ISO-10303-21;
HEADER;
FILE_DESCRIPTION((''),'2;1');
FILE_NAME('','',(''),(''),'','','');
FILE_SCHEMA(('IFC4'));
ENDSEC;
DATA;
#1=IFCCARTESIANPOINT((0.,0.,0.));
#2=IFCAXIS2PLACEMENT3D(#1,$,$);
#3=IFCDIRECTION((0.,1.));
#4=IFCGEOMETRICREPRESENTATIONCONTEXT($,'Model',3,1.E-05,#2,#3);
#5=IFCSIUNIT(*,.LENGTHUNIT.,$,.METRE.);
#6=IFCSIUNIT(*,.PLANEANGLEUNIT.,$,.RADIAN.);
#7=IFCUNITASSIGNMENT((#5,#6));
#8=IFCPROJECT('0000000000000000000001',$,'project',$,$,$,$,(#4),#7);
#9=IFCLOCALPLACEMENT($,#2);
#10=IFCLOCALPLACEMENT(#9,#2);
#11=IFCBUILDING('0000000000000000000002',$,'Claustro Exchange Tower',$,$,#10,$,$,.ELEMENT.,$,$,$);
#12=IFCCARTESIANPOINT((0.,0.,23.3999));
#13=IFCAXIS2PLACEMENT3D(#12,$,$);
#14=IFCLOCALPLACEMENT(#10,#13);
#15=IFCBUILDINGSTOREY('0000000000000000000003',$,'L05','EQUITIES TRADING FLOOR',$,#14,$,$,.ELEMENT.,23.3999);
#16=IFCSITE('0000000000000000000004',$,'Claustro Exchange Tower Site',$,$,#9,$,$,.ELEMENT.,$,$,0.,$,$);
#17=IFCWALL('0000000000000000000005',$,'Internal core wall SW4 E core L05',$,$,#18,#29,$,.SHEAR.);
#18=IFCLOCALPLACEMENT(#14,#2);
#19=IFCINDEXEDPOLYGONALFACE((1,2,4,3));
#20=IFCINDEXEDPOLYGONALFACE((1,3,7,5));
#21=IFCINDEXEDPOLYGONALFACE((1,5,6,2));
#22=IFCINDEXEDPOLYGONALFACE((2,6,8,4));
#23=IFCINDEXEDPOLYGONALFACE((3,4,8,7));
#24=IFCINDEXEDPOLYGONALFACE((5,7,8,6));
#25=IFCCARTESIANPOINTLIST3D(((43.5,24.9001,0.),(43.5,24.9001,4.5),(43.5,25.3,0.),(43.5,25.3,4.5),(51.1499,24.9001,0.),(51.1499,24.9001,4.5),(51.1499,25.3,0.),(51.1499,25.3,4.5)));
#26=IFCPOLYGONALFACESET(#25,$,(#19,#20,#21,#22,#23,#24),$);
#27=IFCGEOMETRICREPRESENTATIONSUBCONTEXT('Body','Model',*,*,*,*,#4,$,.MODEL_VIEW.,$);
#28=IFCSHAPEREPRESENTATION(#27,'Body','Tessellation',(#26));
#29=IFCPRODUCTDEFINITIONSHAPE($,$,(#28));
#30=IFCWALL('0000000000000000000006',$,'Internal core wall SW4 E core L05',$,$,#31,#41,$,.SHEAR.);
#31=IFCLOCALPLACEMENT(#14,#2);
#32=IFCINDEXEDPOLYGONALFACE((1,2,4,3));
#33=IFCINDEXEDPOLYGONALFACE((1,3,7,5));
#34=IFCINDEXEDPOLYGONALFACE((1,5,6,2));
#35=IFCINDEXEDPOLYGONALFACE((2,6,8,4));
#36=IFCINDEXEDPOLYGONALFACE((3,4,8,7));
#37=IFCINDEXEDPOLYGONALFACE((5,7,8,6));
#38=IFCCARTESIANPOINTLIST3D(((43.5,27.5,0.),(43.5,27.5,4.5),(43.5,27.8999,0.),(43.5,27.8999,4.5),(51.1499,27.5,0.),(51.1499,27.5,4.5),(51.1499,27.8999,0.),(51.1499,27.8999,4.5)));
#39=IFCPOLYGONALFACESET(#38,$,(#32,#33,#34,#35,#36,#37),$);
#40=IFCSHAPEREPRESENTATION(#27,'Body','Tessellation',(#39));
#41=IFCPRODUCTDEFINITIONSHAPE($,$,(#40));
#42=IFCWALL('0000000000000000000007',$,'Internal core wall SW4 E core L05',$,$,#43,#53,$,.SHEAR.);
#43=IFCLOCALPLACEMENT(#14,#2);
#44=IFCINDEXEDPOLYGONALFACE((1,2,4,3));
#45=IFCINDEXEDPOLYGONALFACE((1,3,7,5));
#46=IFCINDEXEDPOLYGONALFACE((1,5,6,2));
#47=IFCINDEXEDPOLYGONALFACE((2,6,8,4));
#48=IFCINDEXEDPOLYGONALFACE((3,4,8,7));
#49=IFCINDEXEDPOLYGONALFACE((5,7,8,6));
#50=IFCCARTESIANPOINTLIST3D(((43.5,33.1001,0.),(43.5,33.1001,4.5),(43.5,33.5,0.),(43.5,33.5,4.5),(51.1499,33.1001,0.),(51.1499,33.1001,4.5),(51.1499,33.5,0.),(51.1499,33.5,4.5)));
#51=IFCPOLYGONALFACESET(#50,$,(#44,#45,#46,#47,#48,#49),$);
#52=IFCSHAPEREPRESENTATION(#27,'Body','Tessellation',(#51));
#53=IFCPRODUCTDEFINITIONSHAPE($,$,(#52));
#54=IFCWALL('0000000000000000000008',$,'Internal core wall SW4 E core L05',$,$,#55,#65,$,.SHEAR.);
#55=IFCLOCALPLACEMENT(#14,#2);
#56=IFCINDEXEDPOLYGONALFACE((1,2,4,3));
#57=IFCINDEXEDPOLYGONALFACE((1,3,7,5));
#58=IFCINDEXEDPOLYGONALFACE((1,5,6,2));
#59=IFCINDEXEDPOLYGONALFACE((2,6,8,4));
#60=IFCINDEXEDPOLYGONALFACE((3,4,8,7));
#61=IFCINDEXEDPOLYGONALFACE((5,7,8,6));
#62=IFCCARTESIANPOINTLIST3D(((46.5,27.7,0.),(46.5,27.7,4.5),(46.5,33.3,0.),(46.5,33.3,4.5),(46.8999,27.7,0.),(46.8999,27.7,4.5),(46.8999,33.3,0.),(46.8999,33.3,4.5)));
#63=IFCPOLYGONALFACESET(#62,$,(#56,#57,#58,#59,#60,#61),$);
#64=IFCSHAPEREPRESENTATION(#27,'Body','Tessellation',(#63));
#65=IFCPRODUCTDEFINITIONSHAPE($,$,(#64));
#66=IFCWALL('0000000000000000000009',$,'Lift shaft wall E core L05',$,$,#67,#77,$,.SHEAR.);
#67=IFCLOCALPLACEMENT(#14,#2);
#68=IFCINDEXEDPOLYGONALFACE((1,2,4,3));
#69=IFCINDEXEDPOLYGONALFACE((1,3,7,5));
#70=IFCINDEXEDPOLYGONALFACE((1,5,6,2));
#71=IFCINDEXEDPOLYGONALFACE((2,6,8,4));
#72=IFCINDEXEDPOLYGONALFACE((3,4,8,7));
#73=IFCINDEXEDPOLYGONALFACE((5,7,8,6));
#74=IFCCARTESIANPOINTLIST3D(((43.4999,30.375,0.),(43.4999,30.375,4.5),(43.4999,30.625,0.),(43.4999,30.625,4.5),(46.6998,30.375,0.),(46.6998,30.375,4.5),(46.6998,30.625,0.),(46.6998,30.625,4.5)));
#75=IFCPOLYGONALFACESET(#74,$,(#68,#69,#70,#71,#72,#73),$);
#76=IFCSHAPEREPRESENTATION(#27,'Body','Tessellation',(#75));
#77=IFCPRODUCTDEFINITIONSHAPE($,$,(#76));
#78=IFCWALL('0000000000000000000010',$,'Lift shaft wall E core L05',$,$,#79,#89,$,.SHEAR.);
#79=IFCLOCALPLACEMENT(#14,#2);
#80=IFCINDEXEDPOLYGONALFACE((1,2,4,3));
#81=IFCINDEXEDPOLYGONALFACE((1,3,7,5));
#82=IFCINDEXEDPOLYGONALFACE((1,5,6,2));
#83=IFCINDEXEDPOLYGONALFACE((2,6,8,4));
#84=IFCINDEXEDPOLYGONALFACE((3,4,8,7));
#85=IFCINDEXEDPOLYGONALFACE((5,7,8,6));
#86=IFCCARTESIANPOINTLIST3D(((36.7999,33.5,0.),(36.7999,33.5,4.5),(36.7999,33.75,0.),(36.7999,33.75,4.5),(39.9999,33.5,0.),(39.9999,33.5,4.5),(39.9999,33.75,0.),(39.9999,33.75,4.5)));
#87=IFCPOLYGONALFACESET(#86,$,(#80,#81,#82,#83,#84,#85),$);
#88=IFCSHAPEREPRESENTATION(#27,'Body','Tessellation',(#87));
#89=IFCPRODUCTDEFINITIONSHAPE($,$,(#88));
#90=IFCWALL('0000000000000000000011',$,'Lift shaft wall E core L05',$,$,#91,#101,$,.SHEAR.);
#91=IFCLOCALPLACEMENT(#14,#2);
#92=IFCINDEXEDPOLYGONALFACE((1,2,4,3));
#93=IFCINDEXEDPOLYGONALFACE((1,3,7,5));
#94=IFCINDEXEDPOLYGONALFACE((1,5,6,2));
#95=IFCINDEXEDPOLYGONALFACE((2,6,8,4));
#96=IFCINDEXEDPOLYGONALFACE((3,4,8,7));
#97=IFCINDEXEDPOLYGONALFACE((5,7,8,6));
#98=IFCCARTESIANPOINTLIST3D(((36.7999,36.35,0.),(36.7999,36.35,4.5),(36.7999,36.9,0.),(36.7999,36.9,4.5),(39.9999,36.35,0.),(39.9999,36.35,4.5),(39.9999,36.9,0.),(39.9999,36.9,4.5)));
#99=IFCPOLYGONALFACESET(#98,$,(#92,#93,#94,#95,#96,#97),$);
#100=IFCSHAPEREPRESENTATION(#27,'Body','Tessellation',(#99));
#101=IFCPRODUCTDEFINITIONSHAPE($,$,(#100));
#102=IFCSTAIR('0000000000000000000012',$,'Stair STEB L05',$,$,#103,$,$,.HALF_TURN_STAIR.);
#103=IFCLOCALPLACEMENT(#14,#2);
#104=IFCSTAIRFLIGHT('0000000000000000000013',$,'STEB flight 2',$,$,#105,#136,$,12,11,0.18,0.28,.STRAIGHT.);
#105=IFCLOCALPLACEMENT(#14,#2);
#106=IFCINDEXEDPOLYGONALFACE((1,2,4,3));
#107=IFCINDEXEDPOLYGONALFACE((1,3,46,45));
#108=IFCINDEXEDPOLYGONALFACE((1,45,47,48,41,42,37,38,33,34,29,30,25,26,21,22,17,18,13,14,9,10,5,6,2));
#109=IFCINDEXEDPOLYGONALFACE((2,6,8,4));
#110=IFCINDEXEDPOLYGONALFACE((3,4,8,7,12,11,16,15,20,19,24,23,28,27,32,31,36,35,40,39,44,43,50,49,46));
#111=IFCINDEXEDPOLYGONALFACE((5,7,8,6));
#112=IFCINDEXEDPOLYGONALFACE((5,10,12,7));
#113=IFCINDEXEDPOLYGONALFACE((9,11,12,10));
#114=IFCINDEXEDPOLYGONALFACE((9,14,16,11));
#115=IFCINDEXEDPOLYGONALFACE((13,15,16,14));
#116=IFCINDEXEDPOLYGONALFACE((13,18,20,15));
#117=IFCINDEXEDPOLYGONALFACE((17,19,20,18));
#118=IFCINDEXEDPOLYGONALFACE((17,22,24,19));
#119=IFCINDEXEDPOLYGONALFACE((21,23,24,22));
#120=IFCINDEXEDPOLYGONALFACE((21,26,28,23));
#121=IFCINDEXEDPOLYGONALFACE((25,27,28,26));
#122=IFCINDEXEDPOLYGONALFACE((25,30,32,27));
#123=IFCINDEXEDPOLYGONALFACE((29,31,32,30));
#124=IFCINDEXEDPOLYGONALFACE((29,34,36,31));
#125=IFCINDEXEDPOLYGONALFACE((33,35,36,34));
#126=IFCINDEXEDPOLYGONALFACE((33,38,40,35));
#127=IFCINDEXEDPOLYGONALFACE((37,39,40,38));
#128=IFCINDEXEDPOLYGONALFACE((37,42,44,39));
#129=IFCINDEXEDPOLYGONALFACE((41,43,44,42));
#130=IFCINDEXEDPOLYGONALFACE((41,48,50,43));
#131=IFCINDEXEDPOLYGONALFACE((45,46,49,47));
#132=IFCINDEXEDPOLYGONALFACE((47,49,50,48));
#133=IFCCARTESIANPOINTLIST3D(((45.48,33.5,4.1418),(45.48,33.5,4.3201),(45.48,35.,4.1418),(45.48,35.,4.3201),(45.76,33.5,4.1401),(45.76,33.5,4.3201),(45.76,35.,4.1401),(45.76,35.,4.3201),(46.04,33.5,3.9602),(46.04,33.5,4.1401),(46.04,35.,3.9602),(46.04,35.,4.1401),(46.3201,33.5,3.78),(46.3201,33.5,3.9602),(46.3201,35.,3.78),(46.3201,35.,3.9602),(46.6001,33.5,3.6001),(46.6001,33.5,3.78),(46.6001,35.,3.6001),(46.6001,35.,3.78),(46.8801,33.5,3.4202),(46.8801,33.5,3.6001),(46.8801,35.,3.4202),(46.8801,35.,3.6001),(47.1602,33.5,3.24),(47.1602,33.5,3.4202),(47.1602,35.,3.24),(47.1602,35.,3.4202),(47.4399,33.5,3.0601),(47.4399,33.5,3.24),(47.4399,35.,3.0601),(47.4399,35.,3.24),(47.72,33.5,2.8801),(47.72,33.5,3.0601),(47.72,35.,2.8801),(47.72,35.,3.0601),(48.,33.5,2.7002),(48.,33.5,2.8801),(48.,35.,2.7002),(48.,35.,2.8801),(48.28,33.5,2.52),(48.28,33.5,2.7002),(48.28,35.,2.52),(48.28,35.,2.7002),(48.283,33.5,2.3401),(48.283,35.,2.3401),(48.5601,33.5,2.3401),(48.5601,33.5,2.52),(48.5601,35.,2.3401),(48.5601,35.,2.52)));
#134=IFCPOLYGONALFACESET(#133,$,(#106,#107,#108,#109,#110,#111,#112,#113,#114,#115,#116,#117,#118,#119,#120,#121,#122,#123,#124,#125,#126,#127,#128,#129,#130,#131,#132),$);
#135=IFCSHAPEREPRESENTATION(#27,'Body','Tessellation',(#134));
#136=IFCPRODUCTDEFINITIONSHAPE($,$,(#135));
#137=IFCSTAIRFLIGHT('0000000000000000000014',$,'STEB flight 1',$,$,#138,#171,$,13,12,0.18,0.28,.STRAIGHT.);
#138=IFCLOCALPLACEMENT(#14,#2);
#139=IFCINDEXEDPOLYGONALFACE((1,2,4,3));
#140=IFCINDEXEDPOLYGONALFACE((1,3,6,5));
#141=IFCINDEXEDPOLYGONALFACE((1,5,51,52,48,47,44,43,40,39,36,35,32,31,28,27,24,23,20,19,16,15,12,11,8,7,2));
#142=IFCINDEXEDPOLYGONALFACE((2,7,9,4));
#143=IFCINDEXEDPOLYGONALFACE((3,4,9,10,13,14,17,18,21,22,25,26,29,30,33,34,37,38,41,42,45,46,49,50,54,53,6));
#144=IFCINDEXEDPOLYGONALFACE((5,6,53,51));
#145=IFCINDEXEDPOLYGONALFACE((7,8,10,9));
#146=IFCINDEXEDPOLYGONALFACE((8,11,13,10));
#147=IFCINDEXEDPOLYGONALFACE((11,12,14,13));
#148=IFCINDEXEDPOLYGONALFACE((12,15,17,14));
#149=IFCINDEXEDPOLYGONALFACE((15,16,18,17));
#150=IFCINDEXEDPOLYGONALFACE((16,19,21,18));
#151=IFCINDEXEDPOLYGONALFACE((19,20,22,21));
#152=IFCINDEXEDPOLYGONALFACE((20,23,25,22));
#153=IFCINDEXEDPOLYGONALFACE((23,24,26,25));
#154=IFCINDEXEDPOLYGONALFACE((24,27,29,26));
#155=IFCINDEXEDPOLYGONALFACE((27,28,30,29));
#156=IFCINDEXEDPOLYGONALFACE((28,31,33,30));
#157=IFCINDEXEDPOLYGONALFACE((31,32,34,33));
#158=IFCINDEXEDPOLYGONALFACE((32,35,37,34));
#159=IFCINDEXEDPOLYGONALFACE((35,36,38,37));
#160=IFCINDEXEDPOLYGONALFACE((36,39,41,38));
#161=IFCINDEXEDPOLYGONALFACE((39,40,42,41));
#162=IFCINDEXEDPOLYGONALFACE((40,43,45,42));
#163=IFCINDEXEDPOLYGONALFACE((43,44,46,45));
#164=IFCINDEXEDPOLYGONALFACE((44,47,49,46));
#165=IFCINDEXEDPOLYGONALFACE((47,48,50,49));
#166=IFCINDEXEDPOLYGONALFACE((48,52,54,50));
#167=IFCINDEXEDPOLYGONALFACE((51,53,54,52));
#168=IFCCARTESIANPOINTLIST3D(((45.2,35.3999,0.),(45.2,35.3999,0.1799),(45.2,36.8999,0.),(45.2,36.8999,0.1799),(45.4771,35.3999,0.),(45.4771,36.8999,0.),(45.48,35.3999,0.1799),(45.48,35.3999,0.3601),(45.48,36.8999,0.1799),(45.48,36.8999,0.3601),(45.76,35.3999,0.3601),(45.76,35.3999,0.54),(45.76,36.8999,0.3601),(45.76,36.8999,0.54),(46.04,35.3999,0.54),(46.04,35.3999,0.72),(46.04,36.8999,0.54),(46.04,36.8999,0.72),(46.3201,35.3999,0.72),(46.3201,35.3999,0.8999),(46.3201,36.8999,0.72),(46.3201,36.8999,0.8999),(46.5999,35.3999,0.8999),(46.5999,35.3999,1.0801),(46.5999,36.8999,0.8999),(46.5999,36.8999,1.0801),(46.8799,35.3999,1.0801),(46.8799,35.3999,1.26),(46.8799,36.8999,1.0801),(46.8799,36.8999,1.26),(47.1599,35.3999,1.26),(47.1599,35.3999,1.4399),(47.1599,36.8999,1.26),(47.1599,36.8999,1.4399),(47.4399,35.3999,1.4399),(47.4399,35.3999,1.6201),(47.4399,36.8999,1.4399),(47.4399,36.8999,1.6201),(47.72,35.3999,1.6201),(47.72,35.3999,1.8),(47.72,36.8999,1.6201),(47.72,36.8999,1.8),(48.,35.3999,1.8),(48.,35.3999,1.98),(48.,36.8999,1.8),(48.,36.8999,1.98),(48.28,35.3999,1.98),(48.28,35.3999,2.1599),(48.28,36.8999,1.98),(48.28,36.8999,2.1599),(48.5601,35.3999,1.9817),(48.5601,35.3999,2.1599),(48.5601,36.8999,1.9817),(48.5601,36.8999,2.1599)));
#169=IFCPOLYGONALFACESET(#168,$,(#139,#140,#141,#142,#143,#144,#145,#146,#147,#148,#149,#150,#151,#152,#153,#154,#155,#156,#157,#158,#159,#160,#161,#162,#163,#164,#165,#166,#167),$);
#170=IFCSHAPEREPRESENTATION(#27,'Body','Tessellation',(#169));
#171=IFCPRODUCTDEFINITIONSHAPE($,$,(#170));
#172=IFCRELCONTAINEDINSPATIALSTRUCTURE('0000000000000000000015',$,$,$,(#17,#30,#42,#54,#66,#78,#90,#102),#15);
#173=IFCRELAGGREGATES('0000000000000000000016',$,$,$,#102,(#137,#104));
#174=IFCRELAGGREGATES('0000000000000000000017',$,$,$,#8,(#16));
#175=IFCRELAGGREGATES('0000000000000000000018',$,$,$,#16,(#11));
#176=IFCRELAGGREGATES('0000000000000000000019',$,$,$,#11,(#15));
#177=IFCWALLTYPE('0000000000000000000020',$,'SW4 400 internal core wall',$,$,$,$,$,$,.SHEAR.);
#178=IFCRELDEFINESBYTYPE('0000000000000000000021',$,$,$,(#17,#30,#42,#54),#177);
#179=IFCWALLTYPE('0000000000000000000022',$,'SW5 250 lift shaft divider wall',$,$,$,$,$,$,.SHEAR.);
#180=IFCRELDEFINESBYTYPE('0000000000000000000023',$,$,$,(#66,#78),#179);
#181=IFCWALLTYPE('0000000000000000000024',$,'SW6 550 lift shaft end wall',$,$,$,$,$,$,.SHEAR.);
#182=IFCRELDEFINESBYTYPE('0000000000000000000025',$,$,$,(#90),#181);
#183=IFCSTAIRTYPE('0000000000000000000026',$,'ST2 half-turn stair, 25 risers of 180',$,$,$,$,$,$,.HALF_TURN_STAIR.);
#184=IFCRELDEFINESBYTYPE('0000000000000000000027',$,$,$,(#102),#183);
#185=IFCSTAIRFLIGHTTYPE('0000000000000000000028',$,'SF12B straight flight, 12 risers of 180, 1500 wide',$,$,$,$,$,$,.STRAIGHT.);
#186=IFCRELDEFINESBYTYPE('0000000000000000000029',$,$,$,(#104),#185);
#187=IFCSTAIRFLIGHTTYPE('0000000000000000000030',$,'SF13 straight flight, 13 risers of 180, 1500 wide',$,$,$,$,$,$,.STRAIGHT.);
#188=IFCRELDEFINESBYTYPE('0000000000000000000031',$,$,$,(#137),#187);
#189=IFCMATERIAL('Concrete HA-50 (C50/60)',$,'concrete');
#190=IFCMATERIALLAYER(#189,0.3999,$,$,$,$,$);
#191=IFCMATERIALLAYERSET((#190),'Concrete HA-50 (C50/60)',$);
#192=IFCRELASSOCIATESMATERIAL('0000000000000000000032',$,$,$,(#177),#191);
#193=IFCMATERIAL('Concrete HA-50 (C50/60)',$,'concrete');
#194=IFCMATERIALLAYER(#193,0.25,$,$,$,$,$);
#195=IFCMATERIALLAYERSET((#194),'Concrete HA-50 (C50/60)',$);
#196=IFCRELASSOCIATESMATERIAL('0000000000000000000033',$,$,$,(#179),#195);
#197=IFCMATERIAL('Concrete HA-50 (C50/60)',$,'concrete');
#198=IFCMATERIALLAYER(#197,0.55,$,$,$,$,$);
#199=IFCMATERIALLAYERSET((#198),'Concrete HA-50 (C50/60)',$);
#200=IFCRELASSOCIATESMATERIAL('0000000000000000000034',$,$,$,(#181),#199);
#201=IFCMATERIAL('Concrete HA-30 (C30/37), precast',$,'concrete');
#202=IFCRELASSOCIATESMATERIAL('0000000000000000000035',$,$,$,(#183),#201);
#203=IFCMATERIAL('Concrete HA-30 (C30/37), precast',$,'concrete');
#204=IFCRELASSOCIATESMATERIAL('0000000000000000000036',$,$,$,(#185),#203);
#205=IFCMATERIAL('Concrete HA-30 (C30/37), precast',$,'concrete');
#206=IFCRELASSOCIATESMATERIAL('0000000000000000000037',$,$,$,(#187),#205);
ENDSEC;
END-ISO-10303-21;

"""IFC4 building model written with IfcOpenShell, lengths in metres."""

from ifc_helpers import new_model, si_unit, direction, frame, frame_2d, origin, place, context, subcontext, project, spatial, polyline, rectangle, outline, extrude, material, layer, layer_set, type_object, element, aggregate, save


model = new_model("IFC4")

# Units and contexts
model_context = context("Model", 3, precision=1e-05, world=origin(), true_north=direction((0.0, 1.0)))
body_context = subcontext(model_context, "Body", "Model", "MODEL_VIEW")
ifc_project = project(units=[si_unit("LENGTHUNIT", "METRE"), si_unit("PLANEANGLEUNIT", "RADIAN")], contexts=[model_context])

# Site, building, storey
site_placement = place(None, origin())
site = spatial("IfcSite", under=ifc_project, at=site_placement, Name="Claustro Exchange Tower Site", CompositionType="ELEMENT", RefElevation=0.0)
building_placement = place(site_placement, origin())
building = spatial("IfcBuilding", under=site, at=building_placement, Name="Claustro Exchange Tower", CompositionType="ELEMENT")
storey_placement = place(building_placement, frame((0.0, 0.0, 23.3999)))
storey = spatial("IfcBuildingStorey", under=building, at=storey_placement, Name="L05", Description="EQUITIES TRADING FLOOR", CompositionType="ELEMENT", Elevation=23.3999)

# Walls
ifc_material_1 = material(Name="Concrete HA-50 (C50/60)", Category="concrete")
ifc_layer_1 = layer(ifc_material_1, 0.3999)
ifc_layer_set_1 = layer_set([ifc_layer_1], Name="Concrete HA-50 (C50/60)")
wall_type_1 = type_object("IfcWallType", Name="SW4 400 internal core wall", PredefinedType="SHEAR", material=ifc_layer_set_1)
for number, where, z_axis, x_axis, name in (
    (1, (51.1499, 25.1001, 0.0), (0.0, 0.0, 1.0), (-1.0, 0.0, 0.0), "Internal core wall SW4 E core L05"),
    (2, (51.1499, 27.7, 0.0), (0.0, 0.0, 1.0), (-1.0, 0.0, 0.0), "Internal core wall SW4 E core L05"),
    (3, (51.1499, 33.3, 0.0), (0.0, 0.0, 1.0), (-1.0, 0.0, 0.0), "Internal core wall SW4 E core L05"),
):
    element("IfcWall", number, at=place(storey_placement, frame(where, z_axis=z_axis, x_axis=x_axis)), inside=storey, type_object=wall_type_1, Name=name, PredefinedType="SHEAR", context=body_context, shape_type="SweptSolid", body=[
        extrude(rectangle(XDim=7.6499, YDim=0.3999, at=frame_2d((3.825, 0.0))), origin(), (0.0, 0.0, 1.0), 4.5),
    ])
wall_1_placement = place(storey_placement, frame((46.7, 27.7, 0.0), z_axis=(0.0, 0.0, 1.0), x_axis=(0.0, 1.0, 0.0)))
element("IfcWall", 4, at=wall_1_placement, inside=storey, type_object=wall_type_1, Name="Internal core wall SW4 E core L05", PredefinedType="SHEAR", context=body_context, shape_type="SweptSolid", body=[
    extrude(rectangle(XDim=5.6001, YDim=0.3999, at=frame_2d((2.8, 0.0))), origin(), (0.0, 0.0, 1.0), 4.5),
])
ifc_material_2 = material(Name="Concrete HA-50 (C50/60)", Category="concrete")
ifc_layer_2 = layer(ifc_material_2, 0.25)
ifc_layer_set_2 = layer_set([ifc_layer_2], Name="Concrete HA-50 (C50/60)")
wall_type_2 = type_object("IfcWallType", Name="SW5 250 lift shaft divider wall", PredefinedType="SHEAR", material=ifc_layer_set_2)
for number, where, z_axis, x_axis, name in (
    (5, (46.7, 30.5, 0.0), (0.0, 0.0, 1.0), (-1.0, 0.0, 0.0), "Lift shaft wall E core L05"),
    (6, (40.0, 33.625, 0.0), (0.0, 0.0, 1.0), (-1.0, 0.0, 0.0), "Lift shaft wall E core L05"),
):
    element("IfcWall", number, at=place(storey_placement, frame(where, z_axis=z_axis, x_axis=x_axis)), inside=storey, type_object=wall_type_2, Name=name, PredefinedType="SHEAR", context=body_context, shape_type="SweptSolid", body=[
        extrude(rectangle(XDim=3.2, YDim=0.25, at=frame_2d((1.6001, 0.0))), origin(), (0.0, 0.0, 1.0), 4.5),
    ])
ifc_material_3 = material(Name="Concrete HA-50 (C50/60)", Category="concrete")
ifc_layer_3 = layer(ifc_material_3, 0.55)
ifc_layer_set_3 = layer_set([ifc_layer_3], Name="Concrete HA-50 (C50/60)")
wall_type_3 = type_object("IfcWallType", Name="SW6 550 lift shaft end wall", PredefinedType="SHEAR", material=ifc_layer_set_3)
wall_2_placement = place(storey_placement, frame((40.0, 36.625, 0.0), z_axis=(0.0, 0.0, 1.0), x_axis=(-1.0, 0.0, 0.0)))
element("IfcWall", 7, at=wall_2_placement, inside=storey, type_object=wall_type_3, Name="Lift shaft wall E core L05", PredefinedType="SHEAR", context=body_context, shape_type="SweptSolid", body=[
    extrude(rectangle(XDim=3.2, YDim=0.55, at=frame_2d((1.6001, 0.0))), origin(), (0.0, 0.0, 1.0), 4.5),
])

# Stair, stair flights
ifc_material_4 = material(Name="Concrete HA-30 (C30/37), precast", Category="concrete")
stair_type = type_object("IfcStairType", Name="ST2 half-turn stair, 25 risers of 180", PredefinedType="HALF_TURN_STAIR", material=ifc_material_4)
stair_placement = place(storey_placement, origin())
stair = element("IfcStair", 8, at=stair_placement, inside=storey, type_object=stair_type, Name="Stair STEB L05", PredefinedType="HALF_TURN_STAIR")
ifc_material_5 = material(Name="Concrete HA-30 (C30/37), precast", Category="concrete")
stair_flight_type_1 = type_object("IfcStairFlightType", Name="SF12B straight flight, 12 risers of 180, 1500 wide", PredefinedType="STRAIGHT", material=ifc_material_5)
stair_flight_1_placement = place(storey_placement, frame((48.5601, 34.25, 2.3401), z_axis=(0.0, 0.0, 1.0), x_axis=(-1.0, 0.0, 0.0)))
stair_flight_1 = element("IfcStairFlight", 9, at=stair_flight_1_placement, type_object=stair_flight_type_1, Name="STEB flight 2", NumberOfRisers=12, NumberOfTreads=11, PredefinedType="STRAIGHT", RiserHeight=0.18, TreadLength=0.28, context=body_context, shape_type="SweptSolid", body=[
    extrude(outline(polyline([(0.0, 0.0), (0.0, 0.1799), (0.28, 0.1799), (0.28, 0.3601), (0.5601, 0.3601), (0.5601, 0.54), (0.8401, 0.54), (0.8401, 0.72), (1.1201, 0.72), (1.1201, 0.8999), (1.3999, 0.8999), (1.3999, 1.0801), (1.6799, 1.0801), (1.6799, 1.26), (1.96, 1.26), (1.96, 1.4399), (2.24, 1.4399), (2.24, 1.6201), (2.52, 1.6201), (2.52, 1.8), (2.8, 1.8), (2.8, 1.98), (3.0801, 1.98), (3.0801, 2.1599), (3.0801, 1.8018), (0.2771, 0.0), (0.0, 0.0)])), frame((0.0, 0.75, 0.0), z_axis=(0.0, -1.0, 0.0), x_axis=(1.0, 0.0, 0.0)), (0.0, 0.0, 1.0), 1.5),
])
ifc_material_6 = material(Name="Concrete HA-30 (C30/37), precast", Category="concrete")
stair_flight_type_2 = type_object("IfcStairFlightType", Name="SF13 straight flight, 13 risers of 180, 1500 wide", PredefinedType="STRAIGHT", material=ifc_material_6)
stair_flight_2_placement = place(storey_placement, frame((45.2, 36.1499, 0.0), z_axis=(0.0, 0.0, 1.0), x_axis=(1.0, 0.0, 0.0)))
stair_flight_2 = element("IfcStairFlight", 10, at=stair_flight_2_placement, type_object=stair_flight_type_2, Name="STEB flight 1", NumberOfRisers=13, NumberOfTreads=12, PredefinedType="STRAIGHT", RiserHeight=0.18, TreadLength=0.28, context=body_context, shape_type="SweptSolid", body=[
    extrude(outline(polyline([(0.0, 0.0), (0.0, 0.1799), (0.28, 0.1799), (0.28, 0.3601), (0.5601, 0.3601), (0.5601, 0.54), (0.8401, 0.54), (0.8401, 0.72), (1.1201, 0.72), (1.1201, 0.8999), (1.3999, 0.8999), (1.3999, 1.0801), (1.6799, 1.0801), (1.6799, 1.26), (1.96, 1.26), (1.96, 1.4399), (2.24, 1.4399), (2.24, 1.6201), (2.52, 1.6201), (2.52, 1.8), (2.8, 1.8), (2.8, 1.98), (3.0801, 1.98), (3.0801, 2.1599), (3.3601, 2.1599), (3.3601, 2.3401), (3.3601, 1.9817), (0.2771, 0.0), (0.0, 0.0)])), frame((0.0, 0.75, 0.0), z_axis=(0.0, -1.0, 0.0), x_axis=(1.0, 0.0, 0.0)), (0.0, 0.0, 1.0), 1.5),
])
aggregate(stair, [stair_flight_2, stair_flight_1])

save(model, "model.ifc")
